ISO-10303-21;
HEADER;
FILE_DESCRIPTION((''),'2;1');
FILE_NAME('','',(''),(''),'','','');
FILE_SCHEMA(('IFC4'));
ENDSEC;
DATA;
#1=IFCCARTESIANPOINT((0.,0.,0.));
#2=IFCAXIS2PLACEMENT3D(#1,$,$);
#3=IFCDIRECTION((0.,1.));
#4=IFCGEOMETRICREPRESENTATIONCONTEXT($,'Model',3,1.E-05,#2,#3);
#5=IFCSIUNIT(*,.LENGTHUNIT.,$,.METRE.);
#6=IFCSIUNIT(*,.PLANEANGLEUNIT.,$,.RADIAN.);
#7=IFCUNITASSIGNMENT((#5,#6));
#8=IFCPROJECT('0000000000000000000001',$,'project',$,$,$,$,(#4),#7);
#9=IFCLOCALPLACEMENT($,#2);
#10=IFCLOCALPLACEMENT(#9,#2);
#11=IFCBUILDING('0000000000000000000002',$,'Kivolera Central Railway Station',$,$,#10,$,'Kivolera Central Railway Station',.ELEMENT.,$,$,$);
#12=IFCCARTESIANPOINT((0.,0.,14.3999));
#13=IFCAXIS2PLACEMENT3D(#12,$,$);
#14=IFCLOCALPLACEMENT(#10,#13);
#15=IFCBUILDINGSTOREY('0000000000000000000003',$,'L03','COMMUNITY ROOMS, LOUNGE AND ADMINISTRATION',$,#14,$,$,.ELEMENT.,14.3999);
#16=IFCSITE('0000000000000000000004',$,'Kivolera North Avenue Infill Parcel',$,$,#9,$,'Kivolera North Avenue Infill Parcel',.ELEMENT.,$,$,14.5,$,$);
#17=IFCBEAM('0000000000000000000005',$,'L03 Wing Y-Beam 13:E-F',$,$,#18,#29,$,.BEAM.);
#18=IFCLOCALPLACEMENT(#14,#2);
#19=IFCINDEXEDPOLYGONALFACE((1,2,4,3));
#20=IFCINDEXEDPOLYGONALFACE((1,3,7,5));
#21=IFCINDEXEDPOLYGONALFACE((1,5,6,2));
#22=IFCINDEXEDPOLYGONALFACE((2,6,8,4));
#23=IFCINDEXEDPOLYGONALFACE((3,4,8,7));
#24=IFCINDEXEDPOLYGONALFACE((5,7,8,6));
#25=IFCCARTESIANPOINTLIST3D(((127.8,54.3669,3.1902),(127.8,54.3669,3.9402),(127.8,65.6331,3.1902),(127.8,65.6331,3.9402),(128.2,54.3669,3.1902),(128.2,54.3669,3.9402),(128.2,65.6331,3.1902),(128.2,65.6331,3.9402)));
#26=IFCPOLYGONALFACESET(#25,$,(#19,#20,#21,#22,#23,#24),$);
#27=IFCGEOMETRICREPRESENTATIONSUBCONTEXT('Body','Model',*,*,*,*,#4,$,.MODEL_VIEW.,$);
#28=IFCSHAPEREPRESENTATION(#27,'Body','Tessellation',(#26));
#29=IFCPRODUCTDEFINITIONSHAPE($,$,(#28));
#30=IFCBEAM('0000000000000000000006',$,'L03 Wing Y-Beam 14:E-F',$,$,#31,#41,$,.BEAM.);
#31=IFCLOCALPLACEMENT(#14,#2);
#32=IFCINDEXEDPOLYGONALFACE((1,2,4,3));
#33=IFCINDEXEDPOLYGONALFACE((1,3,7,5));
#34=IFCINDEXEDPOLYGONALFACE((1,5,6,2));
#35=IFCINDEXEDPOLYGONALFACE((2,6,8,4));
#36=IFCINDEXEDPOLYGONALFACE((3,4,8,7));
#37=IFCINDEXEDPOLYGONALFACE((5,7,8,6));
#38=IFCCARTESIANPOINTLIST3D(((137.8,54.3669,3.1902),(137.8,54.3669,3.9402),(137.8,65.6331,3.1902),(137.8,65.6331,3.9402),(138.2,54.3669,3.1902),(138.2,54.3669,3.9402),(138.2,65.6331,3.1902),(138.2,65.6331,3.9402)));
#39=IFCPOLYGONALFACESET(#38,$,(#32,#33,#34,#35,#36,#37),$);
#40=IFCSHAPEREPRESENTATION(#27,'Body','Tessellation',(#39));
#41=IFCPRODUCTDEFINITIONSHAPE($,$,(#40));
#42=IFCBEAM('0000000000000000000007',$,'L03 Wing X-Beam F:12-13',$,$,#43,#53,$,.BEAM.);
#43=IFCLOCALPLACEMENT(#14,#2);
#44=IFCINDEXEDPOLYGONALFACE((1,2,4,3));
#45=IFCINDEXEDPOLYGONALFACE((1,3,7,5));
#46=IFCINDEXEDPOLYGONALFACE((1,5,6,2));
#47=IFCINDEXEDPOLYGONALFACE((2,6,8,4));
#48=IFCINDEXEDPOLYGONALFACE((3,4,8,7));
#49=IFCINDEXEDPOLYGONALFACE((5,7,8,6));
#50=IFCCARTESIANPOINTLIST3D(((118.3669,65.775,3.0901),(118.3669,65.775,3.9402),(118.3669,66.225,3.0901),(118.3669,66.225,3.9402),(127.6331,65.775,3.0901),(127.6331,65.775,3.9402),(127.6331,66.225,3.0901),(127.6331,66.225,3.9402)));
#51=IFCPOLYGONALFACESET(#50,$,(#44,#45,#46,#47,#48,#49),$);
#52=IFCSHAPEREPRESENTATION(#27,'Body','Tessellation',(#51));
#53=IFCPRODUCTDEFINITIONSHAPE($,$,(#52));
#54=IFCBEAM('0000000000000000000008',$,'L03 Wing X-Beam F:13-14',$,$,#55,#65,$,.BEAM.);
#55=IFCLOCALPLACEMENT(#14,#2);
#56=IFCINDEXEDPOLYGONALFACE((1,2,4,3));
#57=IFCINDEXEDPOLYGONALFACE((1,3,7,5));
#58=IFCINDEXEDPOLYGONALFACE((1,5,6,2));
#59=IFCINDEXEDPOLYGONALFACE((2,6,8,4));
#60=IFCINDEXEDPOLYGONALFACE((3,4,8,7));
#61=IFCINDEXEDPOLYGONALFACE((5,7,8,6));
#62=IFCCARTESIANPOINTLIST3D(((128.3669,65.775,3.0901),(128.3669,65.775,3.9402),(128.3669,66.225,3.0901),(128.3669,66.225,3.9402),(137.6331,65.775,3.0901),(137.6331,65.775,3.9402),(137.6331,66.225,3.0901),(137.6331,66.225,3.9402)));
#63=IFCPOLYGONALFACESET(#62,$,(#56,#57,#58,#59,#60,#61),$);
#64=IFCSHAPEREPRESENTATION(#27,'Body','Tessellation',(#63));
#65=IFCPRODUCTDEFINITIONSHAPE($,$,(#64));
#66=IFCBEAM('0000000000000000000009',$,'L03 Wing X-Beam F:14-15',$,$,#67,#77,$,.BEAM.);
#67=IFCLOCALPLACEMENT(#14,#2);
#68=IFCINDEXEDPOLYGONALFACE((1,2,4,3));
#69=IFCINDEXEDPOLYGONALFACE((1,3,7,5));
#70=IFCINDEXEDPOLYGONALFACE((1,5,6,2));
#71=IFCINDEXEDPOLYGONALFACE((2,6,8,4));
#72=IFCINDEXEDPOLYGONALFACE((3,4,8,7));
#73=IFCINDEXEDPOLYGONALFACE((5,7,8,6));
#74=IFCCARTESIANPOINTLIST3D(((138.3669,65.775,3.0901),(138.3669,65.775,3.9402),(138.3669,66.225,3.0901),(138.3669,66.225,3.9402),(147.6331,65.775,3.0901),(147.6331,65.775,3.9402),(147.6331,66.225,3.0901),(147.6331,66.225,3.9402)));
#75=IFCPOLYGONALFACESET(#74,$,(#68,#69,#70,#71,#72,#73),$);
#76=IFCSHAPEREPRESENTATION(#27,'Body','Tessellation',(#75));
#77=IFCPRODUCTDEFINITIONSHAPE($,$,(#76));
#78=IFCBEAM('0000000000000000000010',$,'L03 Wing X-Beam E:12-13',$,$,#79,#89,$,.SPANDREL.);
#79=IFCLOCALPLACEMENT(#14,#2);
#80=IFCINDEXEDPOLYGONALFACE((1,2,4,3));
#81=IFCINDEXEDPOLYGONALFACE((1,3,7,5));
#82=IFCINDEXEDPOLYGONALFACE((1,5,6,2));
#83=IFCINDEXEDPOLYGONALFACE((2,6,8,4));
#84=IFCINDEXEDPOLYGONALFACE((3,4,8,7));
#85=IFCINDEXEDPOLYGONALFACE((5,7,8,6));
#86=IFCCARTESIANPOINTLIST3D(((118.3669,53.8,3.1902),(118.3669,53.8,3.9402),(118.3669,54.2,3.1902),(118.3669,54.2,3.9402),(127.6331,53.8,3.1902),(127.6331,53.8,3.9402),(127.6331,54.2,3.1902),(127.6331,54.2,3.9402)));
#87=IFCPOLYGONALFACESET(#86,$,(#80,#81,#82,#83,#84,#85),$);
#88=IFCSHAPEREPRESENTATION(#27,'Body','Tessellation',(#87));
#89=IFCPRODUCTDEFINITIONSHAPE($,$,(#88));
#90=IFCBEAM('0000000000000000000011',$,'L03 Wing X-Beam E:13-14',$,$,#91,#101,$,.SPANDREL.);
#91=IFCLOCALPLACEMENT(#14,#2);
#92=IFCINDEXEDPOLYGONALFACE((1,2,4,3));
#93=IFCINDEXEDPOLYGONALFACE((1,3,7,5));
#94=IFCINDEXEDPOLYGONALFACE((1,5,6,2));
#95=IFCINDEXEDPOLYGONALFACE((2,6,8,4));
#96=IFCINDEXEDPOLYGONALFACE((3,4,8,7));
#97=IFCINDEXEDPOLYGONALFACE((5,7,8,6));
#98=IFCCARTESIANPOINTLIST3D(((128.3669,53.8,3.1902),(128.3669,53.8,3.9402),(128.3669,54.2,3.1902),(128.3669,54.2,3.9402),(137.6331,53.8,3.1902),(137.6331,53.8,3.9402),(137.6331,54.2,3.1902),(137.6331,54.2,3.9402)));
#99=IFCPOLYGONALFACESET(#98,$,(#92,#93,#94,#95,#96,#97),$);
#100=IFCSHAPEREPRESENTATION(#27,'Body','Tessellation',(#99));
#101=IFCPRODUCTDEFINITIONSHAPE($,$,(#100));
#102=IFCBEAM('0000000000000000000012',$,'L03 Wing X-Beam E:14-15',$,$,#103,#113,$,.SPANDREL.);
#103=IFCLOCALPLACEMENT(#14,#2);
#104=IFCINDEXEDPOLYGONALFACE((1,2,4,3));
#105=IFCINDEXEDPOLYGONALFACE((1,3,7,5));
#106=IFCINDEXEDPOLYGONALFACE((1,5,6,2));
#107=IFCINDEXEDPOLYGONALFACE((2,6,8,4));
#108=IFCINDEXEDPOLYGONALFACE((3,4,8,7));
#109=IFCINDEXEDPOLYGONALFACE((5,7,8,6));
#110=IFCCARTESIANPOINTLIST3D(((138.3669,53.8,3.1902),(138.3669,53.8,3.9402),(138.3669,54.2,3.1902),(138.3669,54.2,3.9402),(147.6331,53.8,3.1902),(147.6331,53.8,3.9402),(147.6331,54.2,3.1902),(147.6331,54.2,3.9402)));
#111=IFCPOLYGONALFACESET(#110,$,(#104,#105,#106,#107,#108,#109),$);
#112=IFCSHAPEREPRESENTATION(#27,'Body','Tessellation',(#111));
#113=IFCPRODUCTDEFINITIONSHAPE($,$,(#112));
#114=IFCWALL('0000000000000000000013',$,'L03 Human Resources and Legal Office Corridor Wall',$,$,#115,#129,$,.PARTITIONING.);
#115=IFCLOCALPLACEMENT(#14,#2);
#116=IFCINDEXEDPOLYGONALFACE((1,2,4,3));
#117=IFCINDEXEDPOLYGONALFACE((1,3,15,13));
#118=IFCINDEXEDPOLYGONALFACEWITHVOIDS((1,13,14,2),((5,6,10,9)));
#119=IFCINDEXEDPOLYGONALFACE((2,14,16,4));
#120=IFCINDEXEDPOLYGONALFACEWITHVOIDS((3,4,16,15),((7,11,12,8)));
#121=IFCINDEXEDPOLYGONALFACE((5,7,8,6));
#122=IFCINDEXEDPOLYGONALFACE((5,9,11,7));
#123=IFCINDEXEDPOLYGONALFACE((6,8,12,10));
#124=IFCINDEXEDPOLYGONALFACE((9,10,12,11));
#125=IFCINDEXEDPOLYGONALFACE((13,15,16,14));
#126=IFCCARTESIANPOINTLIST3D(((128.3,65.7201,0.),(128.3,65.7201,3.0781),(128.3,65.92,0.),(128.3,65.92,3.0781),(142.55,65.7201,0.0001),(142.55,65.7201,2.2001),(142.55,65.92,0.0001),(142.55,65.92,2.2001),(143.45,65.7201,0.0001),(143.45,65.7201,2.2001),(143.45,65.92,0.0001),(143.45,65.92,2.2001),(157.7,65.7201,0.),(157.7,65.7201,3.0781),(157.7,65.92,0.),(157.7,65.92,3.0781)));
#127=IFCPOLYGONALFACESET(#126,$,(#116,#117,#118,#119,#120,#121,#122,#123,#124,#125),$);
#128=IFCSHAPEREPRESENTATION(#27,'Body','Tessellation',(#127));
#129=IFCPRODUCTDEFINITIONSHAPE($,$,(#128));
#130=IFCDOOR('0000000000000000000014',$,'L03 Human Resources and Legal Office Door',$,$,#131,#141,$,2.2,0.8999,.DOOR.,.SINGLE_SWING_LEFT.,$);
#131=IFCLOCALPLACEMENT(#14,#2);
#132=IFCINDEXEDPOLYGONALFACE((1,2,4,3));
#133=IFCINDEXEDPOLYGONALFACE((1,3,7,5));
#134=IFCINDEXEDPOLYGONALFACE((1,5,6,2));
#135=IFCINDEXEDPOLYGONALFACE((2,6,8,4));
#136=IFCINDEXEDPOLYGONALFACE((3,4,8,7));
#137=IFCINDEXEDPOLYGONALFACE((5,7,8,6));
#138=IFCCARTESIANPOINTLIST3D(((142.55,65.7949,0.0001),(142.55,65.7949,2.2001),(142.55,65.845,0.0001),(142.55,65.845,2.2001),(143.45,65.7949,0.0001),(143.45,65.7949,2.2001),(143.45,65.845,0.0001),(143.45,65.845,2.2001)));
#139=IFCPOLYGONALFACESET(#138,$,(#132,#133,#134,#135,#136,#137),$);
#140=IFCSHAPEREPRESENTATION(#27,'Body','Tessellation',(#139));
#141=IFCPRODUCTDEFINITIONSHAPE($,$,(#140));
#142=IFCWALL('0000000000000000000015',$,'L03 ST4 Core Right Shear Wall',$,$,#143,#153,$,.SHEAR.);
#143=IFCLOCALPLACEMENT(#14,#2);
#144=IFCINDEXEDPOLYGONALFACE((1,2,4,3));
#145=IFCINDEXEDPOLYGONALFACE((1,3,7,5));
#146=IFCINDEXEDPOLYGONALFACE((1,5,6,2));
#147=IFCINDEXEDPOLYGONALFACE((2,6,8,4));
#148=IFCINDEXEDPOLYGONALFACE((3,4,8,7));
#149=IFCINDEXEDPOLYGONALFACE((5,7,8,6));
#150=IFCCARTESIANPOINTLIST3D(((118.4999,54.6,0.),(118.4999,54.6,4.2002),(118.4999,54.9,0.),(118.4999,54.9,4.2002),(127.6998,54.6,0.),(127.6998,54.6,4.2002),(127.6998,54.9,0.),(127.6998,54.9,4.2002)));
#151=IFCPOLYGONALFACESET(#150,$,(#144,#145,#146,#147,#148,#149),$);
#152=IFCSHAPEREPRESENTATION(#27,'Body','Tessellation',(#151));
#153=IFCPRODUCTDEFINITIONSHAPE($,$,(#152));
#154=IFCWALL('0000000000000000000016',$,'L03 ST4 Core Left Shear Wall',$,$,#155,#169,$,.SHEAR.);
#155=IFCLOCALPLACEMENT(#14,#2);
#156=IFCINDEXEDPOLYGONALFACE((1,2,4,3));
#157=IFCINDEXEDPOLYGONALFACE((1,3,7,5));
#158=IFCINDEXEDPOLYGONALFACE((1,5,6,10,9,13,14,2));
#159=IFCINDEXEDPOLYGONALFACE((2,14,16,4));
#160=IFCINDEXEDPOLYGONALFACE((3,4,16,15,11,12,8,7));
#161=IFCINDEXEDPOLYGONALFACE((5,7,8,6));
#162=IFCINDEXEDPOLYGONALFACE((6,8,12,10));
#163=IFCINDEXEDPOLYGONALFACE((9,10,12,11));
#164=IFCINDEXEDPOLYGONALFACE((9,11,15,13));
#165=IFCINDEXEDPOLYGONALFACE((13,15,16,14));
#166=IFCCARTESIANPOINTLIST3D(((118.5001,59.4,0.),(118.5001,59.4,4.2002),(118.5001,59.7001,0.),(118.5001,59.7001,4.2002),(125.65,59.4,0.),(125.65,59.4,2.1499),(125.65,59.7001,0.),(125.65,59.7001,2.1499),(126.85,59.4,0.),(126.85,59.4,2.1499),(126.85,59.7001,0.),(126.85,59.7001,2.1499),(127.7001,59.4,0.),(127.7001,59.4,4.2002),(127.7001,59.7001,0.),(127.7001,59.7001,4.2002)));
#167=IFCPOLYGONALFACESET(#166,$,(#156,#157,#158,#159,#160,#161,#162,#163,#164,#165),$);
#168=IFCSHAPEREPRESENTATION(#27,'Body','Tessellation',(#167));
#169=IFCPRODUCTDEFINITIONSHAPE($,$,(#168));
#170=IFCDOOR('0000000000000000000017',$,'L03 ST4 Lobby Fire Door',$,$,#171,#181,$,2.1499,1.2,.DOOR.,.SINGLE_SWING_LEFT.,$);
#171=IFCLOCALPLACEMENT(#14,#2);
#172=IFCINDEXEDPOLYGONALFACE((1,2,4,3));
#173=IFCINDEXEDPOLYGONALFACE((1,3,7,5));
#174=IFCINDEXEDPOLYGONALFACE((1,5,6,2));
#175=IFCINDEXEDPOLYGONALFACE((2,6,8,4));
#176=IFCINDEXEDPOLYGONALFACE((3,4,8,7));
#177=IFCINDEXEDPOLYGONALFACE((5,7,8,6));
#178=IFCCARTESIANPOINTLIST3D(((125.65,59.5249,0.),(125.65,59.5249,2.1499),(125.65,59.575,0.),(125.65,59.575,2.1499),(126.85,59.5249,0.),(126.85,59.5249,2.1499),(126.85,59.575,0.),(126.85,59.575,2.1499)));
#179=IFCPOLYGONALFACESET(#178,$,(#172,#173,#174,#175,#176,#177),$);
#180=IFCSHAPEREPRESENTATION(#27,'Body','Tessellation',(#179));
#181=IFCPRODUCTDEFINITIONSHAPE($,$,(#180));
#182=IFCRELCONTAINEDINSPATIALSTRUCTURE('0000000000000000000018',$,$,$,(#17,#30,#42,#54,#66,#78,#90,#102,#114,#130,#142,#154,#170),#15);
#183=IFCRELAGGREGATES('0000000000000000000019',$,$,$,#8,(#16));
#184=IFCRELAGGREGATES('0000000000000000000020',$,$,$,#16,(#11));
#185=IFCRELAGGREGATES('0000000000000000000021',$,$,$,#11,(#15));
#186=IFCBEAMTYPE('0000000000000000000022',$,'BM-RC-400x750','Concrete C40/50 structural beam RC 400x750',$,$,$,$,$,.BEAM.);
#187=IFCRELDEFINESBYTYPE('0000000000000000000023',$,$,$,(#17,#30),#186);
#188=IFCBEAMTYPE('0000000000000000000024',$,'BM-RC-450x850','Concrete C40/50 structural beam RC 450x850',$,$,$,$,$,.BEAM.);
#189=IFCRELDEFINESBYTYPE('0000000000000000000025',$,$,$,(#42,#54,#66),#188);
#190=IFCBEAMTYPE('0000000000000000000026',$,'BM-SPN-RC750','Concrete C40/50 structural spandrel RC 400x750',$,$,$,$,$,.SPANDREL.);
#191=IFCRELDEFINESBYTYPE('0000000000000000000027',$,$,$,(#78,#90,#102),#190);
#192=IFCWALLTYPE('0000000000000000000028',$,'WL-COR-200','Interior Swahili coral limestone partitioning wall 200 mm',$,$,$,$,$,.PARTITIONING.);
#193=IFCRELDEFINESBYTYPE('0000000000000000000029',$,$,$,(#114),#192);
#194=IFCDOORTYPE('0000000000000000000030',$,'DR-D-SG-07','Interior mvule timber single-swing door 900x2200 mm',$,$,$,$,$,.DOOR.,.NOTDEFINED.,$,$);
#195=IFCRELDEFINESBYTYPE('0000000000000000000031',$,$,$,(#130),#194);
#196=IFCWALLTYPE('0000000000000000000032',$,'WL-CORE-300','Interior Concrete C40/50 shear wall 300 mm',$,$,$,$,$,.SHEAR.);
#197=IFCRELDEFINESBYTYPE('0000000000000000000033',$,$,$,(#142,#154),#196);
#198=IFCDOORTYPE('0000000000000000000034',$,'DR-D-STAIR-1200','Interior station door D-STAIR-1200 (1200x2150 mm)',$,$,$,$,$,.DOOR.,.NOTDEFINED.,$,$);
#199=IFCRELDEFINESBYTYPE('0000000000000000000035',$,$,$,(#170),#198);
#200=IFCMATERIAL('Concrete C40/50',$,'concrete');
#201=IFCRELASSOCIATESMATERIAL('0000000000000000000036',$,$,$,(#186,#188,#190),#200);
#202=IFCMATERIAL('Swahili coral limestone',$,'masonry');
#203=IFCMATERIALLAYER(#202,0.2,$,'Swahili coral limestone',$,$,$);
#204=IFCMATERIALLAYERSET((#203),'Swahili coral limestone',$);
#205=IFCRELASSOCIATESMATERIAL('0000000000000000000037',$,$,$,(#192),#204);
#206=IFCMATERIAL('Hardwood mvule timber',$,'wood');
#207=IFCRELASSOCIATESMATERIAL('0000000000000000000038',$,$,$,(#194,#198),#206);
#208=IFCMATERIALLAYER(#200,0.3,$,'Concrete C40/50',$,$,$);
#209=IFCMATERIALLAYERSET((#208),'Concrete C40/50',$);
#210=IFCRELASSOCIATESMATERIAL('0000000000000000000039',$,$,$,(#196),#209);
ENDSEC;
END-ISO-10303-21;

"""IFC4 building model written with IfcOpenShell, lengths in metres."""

from ifc_helpers import new_model, si_unit, direction, frame, frame_2d, origin, origin_2d, place, context, subcontext, project, spatial, rectangle, extrude, material, layer, layer_set, material_profile, profile_set, type_object, element, fill, save


model = new_model("IFC4")

# Units and contexts
model_context = context("Model", 3, precision=1e-05, world=origin(), true_north=direction((0.0, 1.0)))
body_context = subcontext(model_context, "Body", "Model", "MODEL_VIEW")
ifc_project = project(units=[si_unit("LENGTHUNIT", "METRE"), si_unit("PLANEANGLEUNIT", "RADIAN")], contexts=[model_context])

# Site, building, storey
site_placement = place(None, origin())
site = spatial("IfcSite", under=ifc_project, at=site_placement, Name="Kivolera North Avenue Infill Parcel", LongName="Kivolera North Avenue Infill Parcel", CompositionType="ELEMENT", RefElevation=14.5)
building_placement = place(site_placement, origin())
building = spatial("IfcBuilding", under=site, at=building_placement, Name="Kivolera Central Railway Station", LongName="Kivolera Central Railway Station", CompositionType="ELEMENT")
storey_placement = place(building_placement, frame((0.0, 0.0, 14.3999)))
storey = spatial("IfcBuildingStorey", under=building, at=storey_placement, Name="L03", Description="COMMUNITY ROOMS, LOUNGE AND ADMINISTRATION", CompositionType="ELEMENT", Elevation=14.3999)

# Shared definitions
ifc_material_1 = material(Name="Concrete C40/50", Category="concrete")

# Beams
ifc_material_profile_1 = material_profile(ifc_material_1, rectangle(XDim=0.3999, YDim=0.75, at=origin_2d()), Name="RC 400x750")
ifc_profile_set_1 = profile_set([ifc_material_profile_1], Name="Concrete C40/50")
beam_type_1 = type_object("IfcBeamType", Name="BM-RC-400x750", Description="Concrete C40/50 structural beam RC 400x750", PredefinedType="BEAM", material=ifc_profile_set_1)
for number, where, z_axis, x_axis, name in (
    (1, (128.0, 54.3669, 3.5652), (0.0, 1.0, 0.0), (-1.0, 0.0, 0.0), "L03 Wing Y-Beam 13:E-F"),
    (2, (138.0, 54.3669, 3.5652), (0.0, 1.0, 0.0), (-1.0, 0.0, 0.0), "L03 Wing Y-Beam 14:E-F"),
):
    element("IfcBeam", number, at=place(storey_placement, frame(where, z_axis=z_axis, x_axis=x_axis)), inside=storey, type_object=beam_type_1, Name=name, PredefinedType="BEAM", context=body_context, shape_type="SweptSolid", body=[
        extrude(rectangle(XDim=0.3999, YDim=0.75, at=origin_2d()), origin(), (0.0, 0.0, 1.0), 11.2661),
    ])
ifc_material_profile_2 = material_profile(ifc_material_1, rectangle(XDim=0.45, YDim=0.8501, at=origin_2d()), Name="RC 450x850")
ifc_profile_set_2 = profile_set([ifc_material_profile_2], Name="Concrete C40/50")
beam_type_2 = type_object("IfcBeamType", Name="BM-RC-450x850", Description="Concrete C40/50 structural beam RC 450x850", PredefinedType="BEAM", material=ifc_profile_set_2)
for number, where, z_axis, x_axis, name in (
    (3, (118.3669, 66.0, 3.5151), (1.0, 0.0, 0.0), (0.0, 1.0, 0.0), "L03 Wing X-Beam F:12-13"),
    (4, (128.3669, 66.0, 3.5151), (1.0, 0.0, 0.0), (0.0, 1.0, 0.0), "L03 Wing X-Beam F:13-14"),
    (5, (138.3669, 66.0, 3.5151), (1.0, 0.0, 0.0), (0.0, 1.0, 0.0), "L03 Wing X-Beam F:14-15"),
):
    element("IfcBeam", number, at=place(storey_placement, frame(where, z_axis=z_axis, x_axis=x_axis)), inside=storey, type_object=beam_type_2, Name=name, PredefinedType="BEAM", context=body_context, shape_type="SweptSolid", body=[
        extrude(rectangle(XDim=0.45, YDim=0.8501, at=origin_2d()), origin(), (0.0, 0.0, 1.0), 9.2661),
    ])
ifc_material_profile_3 = material_profile(ifc_material_1, rectangle(XDim=0.3999, YDim=0.75, at=origin_2d()), Name="RC 400x750")
ifc_profile_set_3 = profile_set([ifc_material_profile_3], Name="Concrete C40/50")
beam_type_3 = type_object("IfcBeamType", Name="BM-SPN-RC750", Description="Concrete C40/50 structural spandrel RC 400x750", PredefinedType="SPANDREL", material=ifc_profile_set_3)
for number, where, z_axis, x_axis, name in (
    (6, (118.3669, 54.0, 3.5652), (1.0, 0.0, 0.0), (0.0, 1.0, 0.0), "L03 Wing X-Beam E:12-13"),
    (7, (128.3669, 54.0, 3.5652), (1.0, 0.0, 0.0), (0.0, 1.0, 0.0), "L03 Wing X-Beam E:13-14"),
    (8, (138.3669, 54.0, 3.5652), (1.0, 0.0, 0.0), (0.0, 1.0, 0.0), "L03 Wing X-Beam E:14-15"),
):
    element("IfcBeam", number, at=place(storey_placement, frame(where, z_axis=z_axis, x_axis=x_axis)), inside=storey, type_object=beam_type_3, Name=name, PredefinedType="SPANDREL", context=body_context, shape_type="SweptSolid", body=[
        extrude(rectangle(XDim=0.3999, YDim=0.75, at=origin_2d()), origin(), (0.0, 0.0, 1.0), 9.2661),
    ])

# Wall, opening, door
ifc_material_2 = material(Name="Swahili coral limestone", Category="masonry")
ifc_layer_1 = layer(ifc_material_2, 0.2, Name="Swahili coral limestone")
ifc_layer_set_1 = layer_set([ifc_layer_1], Name="Swahili coral limestone")
wall_type_1 = type_object("IfcWallType", Name="WL-COR-200", Description="Interior Swahili coral limestone partitioning wall 200 mm", PredefinedType="PARTITIONING", material=ifc_layer_set_1)
wall_1_placement = place(storey_placement, frame((128.3, 65.8201, 0.0), z_axis=(0.0, 0.0, 1.0), x_axis=(1.0, 0.0, 0.0)))
wall_1 = element("IfcWall", 9, at=wall_1_placement, inside=storey, type_object=wall_type_1, Name="L03 Human Resources and Legal Office Corridor Wall", PredefinedType="PARTITIONING", context=body_context, shape_type="SweptSolid", body=[
    extrude(rectangle(XDim=29.3999, YDim=0.2, at=frame_2d((14.7, 0.0))), origin(), (0.0, 0.0, 1.0), 3.0781),
])
opening_1_placement = place(wall_1_placement, frame((14.25, 0.0, 0.0)))
opening_1 = element("IfcOpeningElement", 10, at=opening_1_placement, cuts=wall_1, PredefinedType="OPENING", context=body_context, shape_type="SweptSolid", body=[
    extrude(rectangle(XDim=0.8999, YDim=2.2, at=frame_2d((0.45, 1.1001))), frame((0.0, 0.1099, 0.0), z_axis=(0.0, -1.0, 0.0), x_axis=(1.0, 0.0, 0.0)), (0.0, 0.0, 1.0), 0.22),
])
ifc_material_3 = material(Name="Hardwood mvule timber", Category="wood")
door_type_1 = type_object("IfcDoorType", Name="DR-D-SG-07", Description="Interior mvule timber single-swing door 900x2200 mm", OperationType="NOTDEFINED", PredefinedType="DOOR", material=ifc_material_3)
door_1_placement = place(opening_1_placement, origin())
door_1 = element("IfcDoor", 11, at=door_1_placement, inside=storey, type_object=door_type_1, Name="L03 Human Resources and Legal Office Door", OperationType="SINGLE_SWING_LEFT", OverallHeight=2.2, OverallWidth=0.8999, PredefinedType="DOOR", context=body_context, shape_type="SweptSolid", body=[
    extrude(rectangle(XDim=0.8999, YDim=2.2, at=frame_2d((0.45, 1.1001))), frame((0.0, 0.0249, 0.0), z_axis=(0.0, -1.0, 0.0), x_axis=(1.0, 0.0, 0.0)), (0.0, 0.0, 1.0), 0.05),
])
fill(opening_1, door_1)

# Wall
ifc_layer_2 = layer(ifc_material_1, 0.3, Name="Concrete C40/50")
ifc_layer_set_2 = layer_set([ifc_layer_2], Name="Concrete C40/50")
wall_type_2 = type_object("IfcWallType", Name="WL-CORE-300", Description="Interior Concrete C40/50 shear wall 300 mm", PredefinedType="SHEAR", material=ifc_layer_set_2)
wall_2_placement = place(storey_placement, frame((127.7, 54.75, 0.0), z_axis=(0.0, 0.0, 1.0), x_axis=(-1.0, 0.0, 0.0)))
element("IfcWall", 12, at=wall_2_placement, inside=storey, type_object=wall_type_2, Name="L03 ST4 Core Right Shear Wall", PredefinedType="SHEAR", context=body_context, shape_type="SweptSolid", body=[
    extrude(rectangle(XDim=9.2, YDim=0.3, at=frame_2d((4.6001, 0.0))), origin(), (0.0, 0.0, 1.0), 4.2002),
])

# Wall, opening, door
wall_3_placement = place(storey_placement, frame((118.5, 59.55, 0.0), z_axis=(0.0, 0.0, 1.0), x_axis=(1.0, 0.0, 0.0)))
wall_3 = element("IfcWall", 13, at=wall_3_placement, inside=storey, type_object=wall_type_2, Name="L03 ST4 Core Left Shear Wall", PredefinedType="SHEAR", context=body_context, shape_type="SweptSolid", body=[
    extrude(rectangle(XDim=9.2, YDim=0.3, at=frame_2d((4.6001, 0.0))), origin(), (0.0, 0.0, 1.0), 4.2002),
])
opening_2_placement = place(wall_3_placement, frame((7.1499, 0.0, 0.0)))
opening_2 = element("IfcOpeningElement", 14, at=opening_2_placement, cuts=wall_3, PredefinedType="OPENING", context=body_context, shape_type="SweptSolid", body=[
    extrude(rectangle(XDim=1.2, YDim=2.1499, at=frame_2d((0.6001, 1.075))), frame((0.0, 0.1599, 0.0), z_axis=(0.0, -1.0, 0.0), x_axis=(1.0, 0.0, 0.0)), (0.0, 0.0, 1.0), 0.3201),
])
door_type_2 = type_object("IfcDoorType", Name="DR-D-STAIR-1200", Description="Interior station door D-STAIR-1200 (1200x2150 mm)", OperationType="NOTDEFINED", PredefinedType="DOOR", material=ifc_material_3)
door_2_placement = place(opening_2_placement, origin())
door_2 = element("IfcDoor", 15, at=door_2_placement, inside=storey, type_object=door_type_2, Name="L03 ST4 Lobby Fire Door", OperationType="SINGLE_SWING_LEFT", OverallHeight=2.1499, OverallWidth=1.2, PredefinedType="DOOR", context=body_context, shape_type="SweptSolid", body=[
    extrude(rectangle(XDim=1.2, YDim=2.1499, at=frame_2d((0.6001, 1.075))), frame((0.0, 0.0249, 0.0), z_axis=(0.0, -1.0, 0.0), x_axis=(1.0, 0.0, 0.0)), (0.0, 0.0, 1.0), 0.05),
])
fill(opening_2, door_2)

save(model, "model.ifc")
